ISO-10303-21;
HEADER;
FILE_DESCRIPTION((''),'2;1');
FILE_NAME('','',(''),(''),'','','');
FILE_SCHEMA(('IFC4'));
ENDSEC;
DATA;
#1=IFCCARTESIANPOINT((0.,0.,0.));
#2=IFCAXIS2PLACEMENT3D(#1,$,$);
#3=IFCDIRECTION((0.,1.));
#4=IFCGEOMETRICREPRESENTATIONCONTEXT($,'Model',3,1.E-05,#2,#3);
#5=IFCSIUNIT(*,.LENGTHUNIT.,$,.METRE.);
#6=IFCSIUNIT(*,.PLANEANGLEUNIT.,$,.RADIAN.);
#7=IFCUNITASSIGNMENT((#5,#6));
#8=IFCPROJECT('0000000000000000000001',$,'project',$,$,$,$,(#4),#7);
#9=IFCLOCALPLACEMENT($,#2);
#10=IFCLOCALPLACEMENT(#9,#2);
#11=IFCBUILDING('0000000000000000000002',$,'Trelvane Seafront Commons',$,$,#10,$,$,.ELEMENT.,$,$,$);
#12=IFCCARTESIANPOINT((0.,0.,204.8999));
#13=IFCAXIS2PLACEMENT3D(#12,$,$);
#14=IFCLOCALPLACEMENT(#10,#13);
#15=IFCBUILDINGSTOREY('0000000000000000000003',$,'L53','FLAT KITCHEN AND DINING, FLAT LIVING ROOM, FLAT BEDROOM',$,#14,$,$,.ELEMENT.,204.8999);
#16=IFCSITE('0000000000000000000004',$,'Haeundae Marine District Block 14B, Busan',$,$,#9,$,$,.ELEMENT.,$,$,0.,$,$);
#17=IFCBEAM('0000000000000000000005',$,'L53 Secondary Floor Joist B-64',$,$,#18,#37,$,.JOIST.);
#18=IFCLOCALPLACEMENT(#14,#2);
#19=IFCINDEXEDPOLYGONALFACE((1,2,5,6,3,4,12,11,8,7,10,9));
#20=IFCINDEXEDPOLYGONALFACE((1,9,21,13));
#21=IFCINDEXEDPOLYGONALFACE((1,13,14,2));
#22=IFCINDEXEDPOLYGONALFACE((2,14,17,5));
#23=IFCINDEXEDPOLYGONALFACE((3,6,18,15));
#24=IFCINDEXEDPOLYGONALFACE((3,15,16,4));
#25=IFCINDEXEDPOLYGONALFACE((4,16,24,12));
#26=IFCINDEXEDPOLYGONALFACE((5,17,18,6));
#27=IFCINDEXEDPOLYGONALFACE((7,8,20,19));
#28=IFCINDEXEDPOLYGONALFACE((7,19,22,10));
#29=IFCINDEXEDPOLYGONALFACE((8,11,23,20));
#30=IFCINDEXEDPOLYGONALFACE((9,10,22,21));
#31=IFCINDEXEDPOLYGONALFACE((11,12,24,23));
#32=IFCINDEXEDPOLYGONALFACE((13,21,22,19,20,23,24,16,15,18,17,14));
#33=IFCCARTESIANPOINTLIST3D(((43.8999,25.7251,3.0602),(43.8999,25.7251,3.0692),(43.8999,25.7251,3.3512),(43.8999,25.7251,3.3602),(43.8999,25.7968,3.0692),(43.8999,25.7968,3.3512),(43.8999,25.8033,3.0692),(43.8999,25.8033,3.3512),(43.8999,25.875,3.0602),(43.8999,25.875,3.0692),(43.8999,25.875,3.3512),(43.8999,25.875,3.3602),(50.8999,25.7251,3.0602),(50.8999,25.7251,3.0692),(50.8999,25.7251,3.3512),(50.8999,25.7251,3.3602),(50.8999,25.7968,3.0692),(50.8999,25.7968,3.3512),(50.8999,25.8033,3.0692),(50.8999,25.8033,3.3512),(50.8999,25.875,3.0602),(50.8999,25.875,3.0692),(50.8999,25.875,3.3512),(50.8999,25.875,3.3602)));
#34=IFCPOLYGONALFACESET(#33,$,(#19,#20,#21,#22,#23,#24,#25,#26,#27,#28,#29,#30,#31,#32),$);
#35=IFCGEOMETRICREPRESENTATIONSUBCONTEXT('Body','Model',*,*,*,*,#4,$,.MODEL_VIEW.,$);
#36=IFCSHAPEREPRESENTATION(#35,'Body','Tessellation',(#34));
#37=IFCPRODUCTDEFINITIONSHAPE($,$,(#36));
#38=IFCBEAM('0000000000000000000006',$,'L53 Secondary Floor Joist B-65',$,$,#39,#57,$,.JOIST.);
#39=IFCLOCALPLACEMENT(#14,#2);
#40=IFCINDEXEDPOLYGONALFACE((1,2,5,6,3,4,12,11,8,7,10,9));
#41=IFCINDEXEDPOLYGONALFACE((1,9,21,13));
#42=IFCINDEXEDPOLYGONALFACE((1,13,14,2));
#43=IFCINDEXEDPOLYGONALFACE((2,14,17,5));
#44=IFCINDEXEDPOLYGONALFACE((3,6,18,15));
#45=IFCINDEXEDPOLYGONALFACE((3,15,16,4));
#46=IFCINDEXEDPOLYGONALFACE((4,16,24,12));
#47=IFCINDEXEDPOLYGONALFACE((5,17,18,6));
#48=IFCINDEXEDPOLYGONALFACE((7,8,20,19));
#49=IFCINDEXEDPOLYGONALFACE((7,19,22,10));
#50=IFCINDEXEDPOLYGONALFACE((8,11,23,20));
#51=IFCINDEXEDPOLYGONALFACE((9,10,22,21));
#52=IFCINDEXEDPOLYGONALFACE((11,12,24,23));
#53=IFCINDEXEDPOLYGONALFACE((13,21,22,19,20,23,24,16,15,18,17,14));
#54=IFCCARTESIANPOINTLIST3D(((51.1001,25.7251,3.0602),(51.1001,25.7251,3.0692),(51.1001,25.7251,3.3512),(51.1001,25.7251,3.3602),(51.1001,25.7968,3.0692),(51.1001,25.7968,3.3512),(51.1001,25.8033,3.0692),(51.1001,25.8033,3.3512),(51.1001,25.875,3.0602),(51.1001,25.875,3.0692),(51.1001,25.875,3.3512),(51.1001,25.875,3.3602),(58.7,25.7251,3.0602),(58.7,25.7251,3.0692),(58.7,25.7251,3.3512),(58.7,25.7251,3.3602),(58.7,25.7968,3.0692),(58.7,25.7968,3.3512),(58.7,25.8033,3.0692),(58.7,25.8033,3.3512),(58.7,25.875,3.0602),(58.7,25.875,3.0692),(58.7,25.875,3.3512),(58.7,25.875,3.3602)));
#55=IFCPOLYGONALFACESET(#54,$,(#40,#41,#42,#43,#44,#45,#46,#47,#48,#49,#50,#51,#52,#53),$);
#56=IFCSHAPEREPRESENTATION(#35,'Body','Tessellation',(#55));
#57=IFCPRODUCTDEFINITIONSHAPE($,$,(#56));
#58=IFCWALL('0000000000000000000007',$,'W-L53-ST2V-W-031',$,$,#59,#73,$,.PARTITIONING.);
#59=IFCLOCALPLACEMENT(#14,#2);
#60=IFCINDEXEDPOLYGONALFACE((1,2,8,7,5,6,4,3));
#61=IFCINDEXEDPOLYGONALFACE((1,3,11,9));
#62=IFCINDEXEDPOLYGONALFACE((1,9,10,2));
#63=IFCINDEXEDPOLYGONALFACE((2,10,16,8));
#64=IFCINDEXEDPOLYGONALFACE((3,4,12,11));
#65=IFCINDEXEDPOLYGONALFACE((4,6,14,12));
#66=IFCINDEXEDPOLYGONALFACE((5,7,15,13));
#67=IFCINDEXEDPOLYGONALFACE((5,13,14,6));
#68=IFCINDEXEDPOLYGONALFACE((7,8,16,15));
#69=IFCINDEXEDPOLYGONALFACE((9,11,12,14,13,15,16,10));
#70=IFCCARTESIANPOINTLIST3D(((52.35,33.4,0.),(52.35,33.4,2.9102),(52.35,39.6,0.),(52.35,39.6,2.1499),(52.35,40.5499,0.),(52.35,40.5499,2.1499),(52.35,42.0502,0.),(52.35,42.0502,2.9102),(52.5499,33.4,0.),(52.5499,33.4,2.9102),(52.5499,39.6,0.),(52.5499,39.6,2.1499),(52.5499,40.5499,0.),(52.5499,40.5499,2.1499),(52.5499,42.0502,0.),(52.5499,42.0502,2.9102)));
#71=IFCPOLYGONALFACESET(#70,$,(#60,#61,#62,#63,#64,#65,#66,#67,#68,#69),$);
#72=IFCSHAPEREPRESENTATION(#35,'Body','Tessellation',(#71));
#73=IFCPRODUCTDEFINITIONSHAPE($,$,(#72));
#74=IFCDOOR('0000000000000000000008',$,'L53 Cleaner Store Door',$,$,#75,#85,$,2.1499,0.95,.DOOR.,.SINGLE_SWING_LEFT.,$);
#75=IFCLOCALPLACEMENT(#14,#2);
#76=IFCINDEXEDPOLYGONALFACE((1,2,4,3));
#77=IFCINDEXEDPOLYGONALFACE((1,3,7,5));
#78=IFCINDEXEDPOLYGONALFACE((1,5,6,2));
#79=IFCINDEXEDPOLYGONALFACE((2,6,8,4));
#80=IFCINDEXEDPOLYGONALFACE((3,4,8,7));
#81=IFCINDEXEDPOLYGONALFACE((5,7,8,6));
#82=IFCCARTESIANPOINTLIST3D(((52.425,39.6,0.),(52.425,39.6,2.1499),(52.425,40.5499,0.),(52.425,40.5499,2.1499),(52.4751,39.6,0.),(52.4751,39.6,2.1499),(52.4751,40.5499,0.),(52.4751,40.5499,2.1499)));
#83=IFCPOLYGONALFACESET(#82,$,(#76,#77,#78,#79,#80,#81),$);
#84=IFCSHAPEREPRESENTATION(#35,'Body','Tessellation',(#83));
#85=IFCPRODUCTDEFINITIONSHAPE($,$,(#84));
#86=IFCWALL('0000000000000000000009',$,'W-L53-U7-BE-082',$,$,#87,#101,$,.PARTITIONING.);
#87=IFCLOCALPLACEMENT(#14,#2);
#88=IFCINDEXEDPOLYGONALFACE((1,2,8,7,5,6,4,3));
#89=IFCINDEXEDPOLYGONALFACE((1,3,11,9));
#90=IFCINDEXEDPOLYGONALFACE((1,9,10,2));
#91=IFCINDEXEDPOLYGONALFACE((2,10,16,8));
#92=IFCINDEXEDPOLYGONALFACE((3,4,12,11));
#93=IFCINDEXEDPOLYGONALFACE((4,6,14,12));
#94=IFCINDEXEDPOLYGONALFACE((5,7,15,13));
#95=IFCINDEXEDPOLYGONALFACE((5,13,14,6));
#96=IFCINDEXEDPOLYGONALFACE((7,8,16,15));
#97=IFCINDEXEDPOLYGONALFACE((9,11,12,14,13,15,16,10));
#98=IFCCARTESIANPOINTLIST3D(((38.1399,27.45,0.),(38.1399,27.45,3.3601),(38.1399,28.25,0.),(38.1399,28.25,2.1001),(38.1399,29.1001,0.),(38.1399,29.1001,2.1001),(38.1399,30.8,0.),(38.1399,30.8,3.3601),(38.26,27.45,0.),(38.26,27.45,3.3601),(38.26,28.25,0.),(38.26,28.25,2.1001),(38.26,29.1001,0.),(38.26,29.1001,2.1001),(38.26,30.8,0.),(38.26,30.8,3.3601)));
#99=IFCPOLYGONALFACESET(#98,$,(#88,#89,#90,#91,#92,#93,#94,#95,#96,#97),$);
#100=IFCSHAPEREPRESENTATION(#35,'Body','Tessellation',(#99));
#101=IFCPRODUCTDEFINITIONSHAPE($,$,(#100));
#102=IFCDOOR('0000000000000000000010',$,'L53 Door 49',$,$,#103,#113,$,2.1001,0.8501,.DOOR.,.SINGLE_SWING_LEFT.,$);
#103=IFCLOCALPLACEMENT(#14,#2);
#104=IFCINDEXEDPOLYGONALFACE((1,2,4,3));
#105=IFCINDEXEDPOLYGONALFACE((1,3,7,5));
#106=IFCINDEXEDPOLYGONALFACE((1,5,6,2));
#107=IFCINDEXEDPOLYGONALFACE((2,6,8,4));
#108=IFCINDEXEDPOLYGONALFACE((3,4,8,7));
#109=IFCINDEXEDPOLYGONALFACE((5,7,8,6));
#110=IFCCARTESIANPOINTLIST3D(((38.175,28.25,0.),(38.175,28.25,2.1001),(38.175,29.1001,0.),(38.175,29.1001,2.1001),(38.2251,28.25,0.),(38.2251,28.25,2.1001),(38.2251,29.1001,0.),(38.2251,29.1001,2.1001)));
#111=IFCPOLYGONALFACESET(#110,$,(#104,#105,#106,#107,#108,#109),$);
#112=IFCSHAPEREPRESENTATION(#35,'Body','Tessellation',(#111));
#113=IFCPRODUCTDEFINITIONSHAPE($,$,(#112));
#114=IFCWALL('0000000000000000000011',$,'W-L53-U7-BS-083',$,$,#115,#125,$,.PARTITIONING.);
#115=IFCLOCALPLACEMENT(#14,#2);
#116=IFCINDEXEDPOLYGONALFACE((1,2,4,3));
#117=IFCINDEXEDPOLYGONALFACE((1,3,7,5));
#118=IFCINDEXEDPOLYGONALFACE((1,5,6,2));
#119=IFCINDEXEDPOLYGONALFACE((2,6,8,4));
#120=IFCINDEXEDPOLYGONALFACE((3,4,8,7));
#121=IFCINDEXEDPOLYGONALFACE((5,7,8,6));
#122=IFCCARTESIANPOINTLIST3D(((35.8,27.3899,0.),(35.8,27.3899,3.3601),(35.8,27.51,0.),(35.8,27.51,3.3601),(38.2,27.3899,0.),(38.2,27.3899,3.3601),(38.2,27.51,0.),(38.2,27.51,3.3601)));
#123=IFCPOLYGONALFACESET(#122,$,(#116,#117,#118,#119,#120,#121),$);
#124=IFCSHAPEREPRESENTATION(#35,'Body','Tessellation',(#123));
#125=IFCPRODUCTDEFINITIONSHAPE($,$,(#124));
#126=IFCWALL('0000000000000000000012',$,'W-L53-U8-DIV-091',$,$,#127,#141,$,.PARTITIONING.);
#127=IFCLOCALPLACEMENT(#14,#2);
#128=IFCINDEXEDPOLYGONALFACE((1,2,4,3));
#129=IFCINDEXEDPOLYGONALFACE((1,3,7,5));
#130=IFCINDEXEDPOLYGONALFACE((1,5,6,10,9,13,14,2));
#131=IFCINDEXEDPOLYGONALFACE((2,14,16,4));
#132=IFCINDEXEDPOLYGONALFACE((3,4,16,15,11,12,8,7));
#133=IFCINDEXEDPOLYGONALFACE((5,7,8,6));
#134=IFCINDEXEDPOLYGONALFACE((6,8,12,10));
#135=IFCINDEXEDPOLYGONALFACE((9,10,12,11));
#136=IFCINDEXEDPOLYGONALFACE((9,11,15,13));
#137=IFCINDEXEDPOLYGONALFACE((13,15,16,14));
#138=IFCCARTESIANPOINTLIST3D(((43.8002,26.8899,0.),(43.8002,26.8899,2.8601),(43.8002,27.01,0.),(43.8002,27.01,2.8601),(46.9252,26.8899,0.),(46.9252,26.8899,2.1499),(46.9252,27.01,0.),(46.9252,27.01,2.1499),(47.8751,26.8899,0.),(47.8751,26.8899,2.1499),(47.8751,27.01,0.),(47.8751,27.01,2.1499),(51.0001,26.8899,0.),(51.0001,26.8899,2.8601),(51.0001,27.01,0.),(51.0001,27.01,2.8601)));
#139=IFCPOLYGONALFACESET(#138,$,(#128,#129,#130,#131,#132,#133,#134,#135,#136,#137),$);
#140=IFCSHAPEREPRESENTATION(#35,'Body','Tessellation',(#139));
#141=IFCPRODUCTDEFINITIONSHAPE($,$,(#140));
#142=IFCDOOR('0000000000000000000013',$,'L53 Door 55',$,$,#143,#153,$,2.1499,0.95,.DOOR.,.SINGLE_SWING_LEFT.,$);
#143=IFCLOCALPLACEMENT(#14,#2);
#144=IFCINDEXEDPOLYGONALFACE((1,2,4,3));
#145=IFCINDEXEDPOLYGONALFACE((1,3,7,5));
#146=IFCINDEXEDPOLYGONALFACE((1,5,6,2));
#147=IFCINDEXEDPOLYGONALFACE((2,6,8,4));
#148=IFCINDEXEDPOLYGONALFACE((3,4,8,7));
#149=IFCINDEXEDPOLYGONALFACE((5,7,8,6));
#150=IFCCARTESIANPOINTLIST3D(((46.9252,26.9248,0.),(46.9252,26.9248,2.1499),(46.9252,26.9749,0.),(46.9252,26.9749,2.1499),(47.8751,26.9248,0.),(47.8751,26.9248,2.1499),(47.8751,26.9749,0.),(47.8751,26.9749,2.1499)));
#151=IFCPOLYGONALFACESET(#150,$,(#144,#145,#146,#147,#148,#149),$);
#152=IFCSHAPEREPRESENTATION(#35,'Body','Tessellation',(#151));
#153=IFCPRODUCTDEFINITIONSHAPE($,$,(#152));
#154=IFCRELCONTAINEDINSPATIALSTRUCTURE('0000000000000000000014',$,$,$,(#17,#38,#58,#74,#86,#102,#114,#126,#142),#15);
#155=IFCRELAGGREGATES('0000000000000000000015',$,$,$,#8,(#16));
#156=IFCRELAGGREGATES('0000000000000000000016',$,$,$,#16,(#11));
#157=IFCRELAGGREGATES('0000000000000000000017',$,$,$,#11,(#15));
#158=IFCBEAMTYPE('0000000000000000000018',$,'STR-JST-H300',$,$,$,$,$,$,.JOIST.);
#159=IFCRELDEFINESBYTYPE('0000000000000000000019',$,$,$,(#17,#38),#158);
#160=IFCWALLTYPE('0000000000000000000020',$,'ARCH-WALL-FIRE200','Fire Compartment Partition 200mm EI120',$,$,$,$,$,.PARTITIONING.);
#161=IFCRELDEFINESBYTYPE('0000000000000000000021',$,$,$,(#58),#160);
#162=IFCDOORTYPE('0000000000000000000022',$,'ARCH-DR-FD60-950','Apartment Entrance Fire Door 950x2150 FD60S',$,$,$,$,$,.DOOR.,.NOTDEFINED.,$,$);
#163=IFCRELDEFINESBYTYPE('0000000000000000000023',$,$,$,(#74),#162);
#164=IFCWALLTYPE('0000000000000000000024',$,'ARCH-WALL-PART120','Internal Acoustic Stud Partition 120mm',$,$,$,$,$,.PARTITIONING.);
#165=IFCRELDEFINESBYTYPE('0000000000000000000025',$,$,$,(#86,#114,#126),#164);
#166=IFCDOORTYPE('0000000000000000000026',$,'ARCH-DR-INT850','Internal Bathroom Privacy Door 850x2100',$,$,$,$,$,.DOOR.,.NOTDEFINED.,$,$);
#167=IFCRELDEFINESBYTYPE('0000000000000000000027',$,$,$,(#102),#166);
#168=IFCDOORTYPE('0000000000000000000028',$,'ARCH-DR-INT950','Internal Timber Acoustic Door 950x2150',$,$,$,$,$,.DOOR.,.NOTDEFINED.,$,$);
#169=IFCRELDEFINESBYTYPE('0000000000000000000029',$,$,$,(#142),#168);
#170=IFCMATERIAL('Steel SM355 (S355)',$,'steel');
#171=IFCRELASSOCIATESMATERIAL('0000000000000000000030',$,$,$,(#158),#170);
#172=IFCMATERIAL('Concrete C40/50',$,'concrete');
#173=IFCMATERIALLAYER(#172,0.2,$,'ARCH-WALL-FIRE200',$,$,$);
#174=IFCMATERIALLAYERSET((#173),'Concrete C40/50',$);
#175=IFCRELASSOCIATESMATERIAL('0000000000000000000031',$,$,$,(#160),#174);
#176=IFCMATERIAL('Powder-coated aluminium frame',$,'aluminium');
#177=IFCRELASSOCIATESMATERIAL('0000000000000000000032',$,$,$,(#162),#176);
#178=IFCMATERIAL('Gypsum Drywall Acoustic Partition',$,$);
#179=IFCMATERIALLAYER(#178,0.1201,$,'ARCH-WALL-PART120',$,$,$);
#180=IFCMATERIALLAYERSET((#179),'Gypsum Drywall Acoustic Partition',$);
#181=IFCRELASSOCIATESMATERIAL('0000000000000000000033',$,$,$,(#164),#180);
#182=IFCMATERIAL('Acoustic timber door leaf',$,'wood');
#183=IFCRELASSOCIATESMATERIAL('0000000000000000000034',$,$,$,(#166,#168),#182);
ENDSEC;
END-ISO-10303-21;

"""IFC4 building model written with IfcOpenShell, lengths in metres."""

from ifc_helpers import new_model, si_unit, direction, frame, frame_2d, origin, origin_2d, place, context, subcontext, project, spatial, rectangle, i_section, extrude, source, transform, mapped, material, layer, layer_set, material_profile, profile_set, type_object, element, fill, save


model = new_model("IFC4")

# Units and contexts
model_context = context("Model", 3, precision=1e-05, world=origin(), true_north=direction((0.0, 1.0)))
body_context = subcontext(model_context, "Body", "Model", "MODEL_VIEW")
ifc_project = project(units=[si_unit("LENGTHUNIT", "METRE"), si_unit("PLANEANGLEUNIT", "RADIAN")], contexts=[model_context])

# Site, building, storey
site_placement = place(None, origin())
site = spatial("IfcSite", under=ifc_project, at=site_placement, Name="Haeundae Marine District Block 14B, Busan", CompositionType="ELEMENT", RefElevation=0.0)
building_placement = place(site_placement, origin())
building = spatial("IfcBuilding", under=site, at=building_placement, Name="Trelvane Seafront Commons", CompositionType="ELEMENT")
storey_placement = place(building_placement, frame((0.0, 0.0, 204.8999)))
storey = spatial("IfcBuildingStorey", under=building, at=storey_placement, Name="L53", Description="FLAT KITCHEN AND DINING, FLAT LIVING ROOM, FLAT BEDROOM", CompositionType="ELEMENT", Elevation=204.8999)

# Beams
ifc_material_1 = material(Name="Steel SM355 (S355)", Category="steel")
ifc_material_profile_1 = material_profile(ifc_material_1, i_section(OverallWidth=0.1499, OverallDepth=0.3, WebThickness=0.0066, FlangeThickness=0.009, at=origin_2d()), Name="H-300x150x6.5x9")
ifc_profile_set_1 = profile_set([ifc_material_profile_1], Name="Steel SM355 (S355)")
beam_type_1 = type_object("IfcBeamType", Name="STR-JST-H300", PredefinedType="JOIST", material=ifc_profile_set_1)
shared_shape_1 = source(origin(), body_context, "Body", "SweptSolid", [
    extrude(i_section(OverallWidth=0.1499, OverallDepth=0.3, WebThickness=0.0066, FlangeThickness=0.009, at=origin_2d()), origin(), (0.0, 0.0, 1.0), 7.0),
])
beam_1_placement = place(storey_placement, frame((43.8999, 25.8, 3.2102), z_axis=(1.0, 0.0, 0.0), x_axis=(0.0, 1.0, 0.0)))
element("IfcBeam", 1, at=beam_1_placement, inside=storey, type_object=beam_type_1, Name="L53 Secondary Floor Joist B-64", PredefinedType="JOIST", context=body_context, shape_type="MappedRepresentation", body=[
    mapped(shared_shape_1, transform((0.0, 0.0, 0.0), x_axis=(1.0, 0.0, 0.0), y_axis=(0.0, 1.0, 0.0), z_axis=(0.0, 0.0, 1.0), scale=1.0)),
])
shared_shape_2 = source(origin(), body_context, "Body", "SweptSolid", [
    extrude(i_section(OverallWidth=0.1499, OverallDepth=0.3, WebThickness=0.0066, FlangeThickness=0.009, at=origin_2d()), origin(), (0.0, 0.0, 1.0), 7.5999),
])
beam_2_placement = place(storey_placement, frame((51.1001, 25.8, 3.2102), z_axis=(1.0, 0.0, 0.0), x_axis=(0.0, 1.0, 0.0)))
element("IfcBeam", 2, at=beam_2_placement, inside=storey, type_object=beam_type_1, Name="L53 Secondary Floor Joist B-65", PredefinedType="JOIST", context=body_context, shape_type="MappedRepresentation", body=[
    mapped(shared_shape_2, transform((0.0, 0.0, 0.0), x_axis=(1.0, 0.0, 0.0), y_axis=(0.0, 1.0, 0.0), z_axis=(0.0, 0.0, 1.0), scale=1.0)),
])

# Wall, opening, door
ifc_material_2 = material(Name="Concrete C40/50", Category="concrete")
ifc_layer_1 = layer(ifc_material_2, 0.2, Name="ARCH-WALL-FIRE200")
ifc_layer_set_1 = layer_set([ifc_layer_1], Name="Concrete C40/50")
wall_type_1 = type_object("IfcWallType", Name="ARCH-WALL-FIRE200", Description="Fire Compartment Partition 200mm EI120", PredefinedType="PARTITIONING", material=ifc_layer_set_1)
wall_1_placement = place(storey_placement, frame((52.45, 33.3999, 0.0), z_axis=(0.0, 0.0, 1.0), x_axis=(0.0, 1.0, 0.0)))
wall_1 = element("IfcWall", 3, at=wall_1_placement, inside=storey, type_object=wall_type_1, Name="W-L53-ST2V-W-031", PredefinedType="PARTITIONING", context=body_context, shape_type="SweptSolid", body=[
    extrude(rectangle(XDim=8.6501, YDim=0.2, at=frame_2d((4.3252, 0.0))), origin(), (0.0, 0.0, 1.0), 2.9102),
])
opening_1_placement = place(wall_1_placement, frame((6.2, 0.0, 0.0)))
opening_1 = element("IfcOpeningElement", 4, at=opening_1_placement, cuts=wall_1, PredefinedType="OPENING", context=body_context, shape_type="SweptSolid", body=[
    extrude(rectangle(XDim=0.95, YDim=2.1499, at=frame_2d((0.4751, 1.075))), frame((0.0, 0.1099, 0.0), z_axis=(0.0, -1.0, 0.0), x_axis=(1.0, 0.0, 0.0)), (0.0, 0.0, 1.0), 0.22),
])
ifc_material_3 = material(Name="Powder-coated aluminium frame", Category="aluminium")
door_type_1 = type_object("IfcDoorType", Name="ARCH-DR-FD60-950", Description="Apartment Entrance Fire Door 950x2150 FD60S", OperationType="NOTDEFINED", PredefinedType="DOOR", material=ifc_material_3)
shared_shape_3 = source(origin(), body_context, "Body", "SweptSolid", [
    extrude(rectangle(XDim=0.95, YDim=2.1499, at=frame_2d((0.4751, 1.075))), frame((0.0, 0.0249, 0.0), z_axis=(0.0, -1.0, 0.0), x_axis=(1.0, 0.0, 0.0)), (0.0, 0.0, 1.0), 0.05),
])
door_1_placement = place(opening_1_placement, origin())
door_1 = element("IfcDoor", 5, at=door_1_placement, inside=storey, type_object=door_type_1, Name="L53 Cleaner Store Door", OperationType="SINGLE_SWING_LEFT", OverallHeight=2.1499, OverallWidth=0.95, PredefinedType="DOOR", context=body_context, shape_type="MappedRepresentation", body=[
    mapped(shared_shape_3, transform((0.0, 0.0, 0.0), x_axis=(1.0, 0.0, 0.0), y_axis=(0.0, 1.0, 0.0), z_axis=(0.0, 0.0, 1.0), scale=1.0)),
])
fill(opening_1, door_1)

# Wall, opening, door
ifc_material_4 = material(Name="Gypsum Drywall Acoustic Partition")
ifc_layer_2 = layer(ifc_material_4, 0.1201, Name="ARCH-WALL-PART120")
ifc_layer_set_2 = layer_set([ifc_layer_2], Name="Gypsum Drywall Acoustic Partition")
wall_type_2 = type_object("IfcWallType", Name="ARCH-WALL-PART120", Description="Internal Acoustic Stud Partition 120mm", PredefinedType="PARTITIONING", material=ifc_layer_set_2)
wall_2_placement = place(storey_placement, frame((38.2, 27.45, 0.0), z_axis=(0.0, 0.0, 1.0), x_axis=(0.0, 1.0, 0.0)))
wall_2 = element("IfcWall", 6, at=wall_2_placement, inside=storey, type_object=wall_type_2, Name="W-L53-U7-BE-082", PredefinedType="PARTITIONING", context=body_context, shape_type="SweptSolid", body=[
    extrude(rectangle(XDim=3.3501, YDim=0.1201, at=frame_2d((1.675, 0.0))), origin(), (0.0, 0.0, 1.0), 3.3601),
])
opening_2_placement = place(wall_2_placement, frame((0.8, 0.0, 0.0)))
opening_2 = element("IfcOpeningElement", 7, at=opening_2_placement, cuts=wall_2, PredefinedType="OPENING", context=body_context, shape_type="SweptSolid", body=[
    extrude(rectangle(XDim=0.8501, YDim=2.1001, at=frame_2d((0.425, 1.05))), frame((0.0, 0.0701, 0.0), z_axis=(0.0, -1.0, 0.0), x_axis=(1.0, 0.0, 0.0)), (0.0, 0.0, 1.0), 0.1401),
])
ifc_material_5 = material(Name="Acoustic timber door leaf", Category="wood")
door_type_2 = type_object("IfcDoorType", Name="ARCH-DR-INT850", Description="Internal Bathroom Privacy Door 850x2100", OperationType="NOTDEFINED", PredefinedType="DOOR", material=ifc_material_5)
shared_shape_4 = source(origin(), body_context, "Body", "SweptSolid", [
    extrude(rectangle(XDim=0.8501, YDim=2.1001, at=frame_2d((0.425, 1.05))), frame((0.0, 0.0249, 0.0), z_axis=(0.0, -1.0, 0.0), x_axis=(1.0, 0.0, 0.0)), (0.0, 0.0, 1.0), 0.05),
])
door_2_placement = place(opening_2_placement, origin())
door_2 = element("IfcDoor", 8, at=door_2_placement, inside=storey, type_object=door_type_2, Name="L53 Door 49", OperationType="SINGLE_SWING_LEFT", OverallHeight=2.1001, OverallWidth=0.8501, PredefinedType="DOOR", context=body_context, shape_type="MappedRepresentation", body=[
    mapped(shared_shape_4, transform((0.0, 0.0, 0.0), x_axis=(1.0, 0.0, 0.0), y_axis=(0.0, 1.0, 0.0), z_axis=(0.0, 0.0, 1.0), scale=1.0)),
])
fill(opening_2, door_2)

# Wall
wall_3_placement = place(storey_placement, frame((35.8, 27.45, 0.0), z_axis=(0.0, 0.0, 1.0), x_axis=(1.0, 0.0, 0.0)))
element("IfcWall", 9, at=wall_3_placement, inside=storey, type_object=wall_type_2, Name="W-L53-U7-BS-083", PredefinedType="PARTITIONING", context=body_context, shape_type="SweptSolid", body=[
    extrude(rectangle(XDim=2.3999, YDim=0.1201, at=frame_2d((1.2, 0.0))), origin(), (0.0, 0.0, 1.0), 3.3601),
])

# Wall, opening, door
wall_4_placement = place(storey_placement, frame((43.8, 26.95, 0.0), z_axis=(0.0, 0.0, 1.0), x_axis=(1.0, 0.0, 0.0)))
wall_4 = element("IfcWall", 10, at=wall_4_placement, inside=storey, type_object=wall_type_2, Name="W-L53-U8-DIV-091", PredefinedType="PARTITIONING", context=body_context, shape_type="SweptSolid", body=[
    extrude(rectangle(XDim=7.2, YDim=0.1201, at=frame_2d((3.6001, 0.0))), origin(), (0.0, 0.0, 1.0), 2.8601),
])
opening_3_placement = place(wall_4_placement, frame((3.125, 0.0, 0.0)))
opening_3 = element("IfcOpeningElement", 11, at=opening_3_placement, cuts=wall_4, PredefinedType="OPENING", context=body_context, shape_type="SweptSolid", body=[
    extrude(rectangle(XDim=0.95, YDim=2.1499, at=frame_2d((0.4751, 1.075))), frame((0.0, 0.0701, 0.0), z_axis=(0.0, -1.0, 0.0), x_axis=(1.0, 0.0, 0.0)), (0.0, 0.0, 1.0), 0.1401),
])
door_type_3 = type_object("IfcDoorType", Name="ARCH-DR-INT950", Description="Internal Timber Acoustic Door 950x2150", OperationType="NOTDEFINED", PredefinedType="DOOR", material=ifc_material_5)
door_3_placement = place(opening_3_placement, origin())
door_3 = element("IfcDoor", 12, at=door_3_placement, inside=storey, type_object=door_type_3, Name="L53 Door 55", OperationType="SINGLE_SWING_LEFT", OverallHeight=2.1499, OverallWidth=0.95, PredefinedType="DOOR", context=body_context, shape_type="MappedRepresentation", body=[
    mapped(shared_shape_3, transform((0.0, 0.0, 0.0), x_axis=(1.0, 0.0, 0.0), y_axis=(0.0, 1.0, 0.0), z_axis=(0.0, 0.0, 1.0), scale=1.0)),
])
fill(opening_3, door_3)

save(model, "model.ifc")
